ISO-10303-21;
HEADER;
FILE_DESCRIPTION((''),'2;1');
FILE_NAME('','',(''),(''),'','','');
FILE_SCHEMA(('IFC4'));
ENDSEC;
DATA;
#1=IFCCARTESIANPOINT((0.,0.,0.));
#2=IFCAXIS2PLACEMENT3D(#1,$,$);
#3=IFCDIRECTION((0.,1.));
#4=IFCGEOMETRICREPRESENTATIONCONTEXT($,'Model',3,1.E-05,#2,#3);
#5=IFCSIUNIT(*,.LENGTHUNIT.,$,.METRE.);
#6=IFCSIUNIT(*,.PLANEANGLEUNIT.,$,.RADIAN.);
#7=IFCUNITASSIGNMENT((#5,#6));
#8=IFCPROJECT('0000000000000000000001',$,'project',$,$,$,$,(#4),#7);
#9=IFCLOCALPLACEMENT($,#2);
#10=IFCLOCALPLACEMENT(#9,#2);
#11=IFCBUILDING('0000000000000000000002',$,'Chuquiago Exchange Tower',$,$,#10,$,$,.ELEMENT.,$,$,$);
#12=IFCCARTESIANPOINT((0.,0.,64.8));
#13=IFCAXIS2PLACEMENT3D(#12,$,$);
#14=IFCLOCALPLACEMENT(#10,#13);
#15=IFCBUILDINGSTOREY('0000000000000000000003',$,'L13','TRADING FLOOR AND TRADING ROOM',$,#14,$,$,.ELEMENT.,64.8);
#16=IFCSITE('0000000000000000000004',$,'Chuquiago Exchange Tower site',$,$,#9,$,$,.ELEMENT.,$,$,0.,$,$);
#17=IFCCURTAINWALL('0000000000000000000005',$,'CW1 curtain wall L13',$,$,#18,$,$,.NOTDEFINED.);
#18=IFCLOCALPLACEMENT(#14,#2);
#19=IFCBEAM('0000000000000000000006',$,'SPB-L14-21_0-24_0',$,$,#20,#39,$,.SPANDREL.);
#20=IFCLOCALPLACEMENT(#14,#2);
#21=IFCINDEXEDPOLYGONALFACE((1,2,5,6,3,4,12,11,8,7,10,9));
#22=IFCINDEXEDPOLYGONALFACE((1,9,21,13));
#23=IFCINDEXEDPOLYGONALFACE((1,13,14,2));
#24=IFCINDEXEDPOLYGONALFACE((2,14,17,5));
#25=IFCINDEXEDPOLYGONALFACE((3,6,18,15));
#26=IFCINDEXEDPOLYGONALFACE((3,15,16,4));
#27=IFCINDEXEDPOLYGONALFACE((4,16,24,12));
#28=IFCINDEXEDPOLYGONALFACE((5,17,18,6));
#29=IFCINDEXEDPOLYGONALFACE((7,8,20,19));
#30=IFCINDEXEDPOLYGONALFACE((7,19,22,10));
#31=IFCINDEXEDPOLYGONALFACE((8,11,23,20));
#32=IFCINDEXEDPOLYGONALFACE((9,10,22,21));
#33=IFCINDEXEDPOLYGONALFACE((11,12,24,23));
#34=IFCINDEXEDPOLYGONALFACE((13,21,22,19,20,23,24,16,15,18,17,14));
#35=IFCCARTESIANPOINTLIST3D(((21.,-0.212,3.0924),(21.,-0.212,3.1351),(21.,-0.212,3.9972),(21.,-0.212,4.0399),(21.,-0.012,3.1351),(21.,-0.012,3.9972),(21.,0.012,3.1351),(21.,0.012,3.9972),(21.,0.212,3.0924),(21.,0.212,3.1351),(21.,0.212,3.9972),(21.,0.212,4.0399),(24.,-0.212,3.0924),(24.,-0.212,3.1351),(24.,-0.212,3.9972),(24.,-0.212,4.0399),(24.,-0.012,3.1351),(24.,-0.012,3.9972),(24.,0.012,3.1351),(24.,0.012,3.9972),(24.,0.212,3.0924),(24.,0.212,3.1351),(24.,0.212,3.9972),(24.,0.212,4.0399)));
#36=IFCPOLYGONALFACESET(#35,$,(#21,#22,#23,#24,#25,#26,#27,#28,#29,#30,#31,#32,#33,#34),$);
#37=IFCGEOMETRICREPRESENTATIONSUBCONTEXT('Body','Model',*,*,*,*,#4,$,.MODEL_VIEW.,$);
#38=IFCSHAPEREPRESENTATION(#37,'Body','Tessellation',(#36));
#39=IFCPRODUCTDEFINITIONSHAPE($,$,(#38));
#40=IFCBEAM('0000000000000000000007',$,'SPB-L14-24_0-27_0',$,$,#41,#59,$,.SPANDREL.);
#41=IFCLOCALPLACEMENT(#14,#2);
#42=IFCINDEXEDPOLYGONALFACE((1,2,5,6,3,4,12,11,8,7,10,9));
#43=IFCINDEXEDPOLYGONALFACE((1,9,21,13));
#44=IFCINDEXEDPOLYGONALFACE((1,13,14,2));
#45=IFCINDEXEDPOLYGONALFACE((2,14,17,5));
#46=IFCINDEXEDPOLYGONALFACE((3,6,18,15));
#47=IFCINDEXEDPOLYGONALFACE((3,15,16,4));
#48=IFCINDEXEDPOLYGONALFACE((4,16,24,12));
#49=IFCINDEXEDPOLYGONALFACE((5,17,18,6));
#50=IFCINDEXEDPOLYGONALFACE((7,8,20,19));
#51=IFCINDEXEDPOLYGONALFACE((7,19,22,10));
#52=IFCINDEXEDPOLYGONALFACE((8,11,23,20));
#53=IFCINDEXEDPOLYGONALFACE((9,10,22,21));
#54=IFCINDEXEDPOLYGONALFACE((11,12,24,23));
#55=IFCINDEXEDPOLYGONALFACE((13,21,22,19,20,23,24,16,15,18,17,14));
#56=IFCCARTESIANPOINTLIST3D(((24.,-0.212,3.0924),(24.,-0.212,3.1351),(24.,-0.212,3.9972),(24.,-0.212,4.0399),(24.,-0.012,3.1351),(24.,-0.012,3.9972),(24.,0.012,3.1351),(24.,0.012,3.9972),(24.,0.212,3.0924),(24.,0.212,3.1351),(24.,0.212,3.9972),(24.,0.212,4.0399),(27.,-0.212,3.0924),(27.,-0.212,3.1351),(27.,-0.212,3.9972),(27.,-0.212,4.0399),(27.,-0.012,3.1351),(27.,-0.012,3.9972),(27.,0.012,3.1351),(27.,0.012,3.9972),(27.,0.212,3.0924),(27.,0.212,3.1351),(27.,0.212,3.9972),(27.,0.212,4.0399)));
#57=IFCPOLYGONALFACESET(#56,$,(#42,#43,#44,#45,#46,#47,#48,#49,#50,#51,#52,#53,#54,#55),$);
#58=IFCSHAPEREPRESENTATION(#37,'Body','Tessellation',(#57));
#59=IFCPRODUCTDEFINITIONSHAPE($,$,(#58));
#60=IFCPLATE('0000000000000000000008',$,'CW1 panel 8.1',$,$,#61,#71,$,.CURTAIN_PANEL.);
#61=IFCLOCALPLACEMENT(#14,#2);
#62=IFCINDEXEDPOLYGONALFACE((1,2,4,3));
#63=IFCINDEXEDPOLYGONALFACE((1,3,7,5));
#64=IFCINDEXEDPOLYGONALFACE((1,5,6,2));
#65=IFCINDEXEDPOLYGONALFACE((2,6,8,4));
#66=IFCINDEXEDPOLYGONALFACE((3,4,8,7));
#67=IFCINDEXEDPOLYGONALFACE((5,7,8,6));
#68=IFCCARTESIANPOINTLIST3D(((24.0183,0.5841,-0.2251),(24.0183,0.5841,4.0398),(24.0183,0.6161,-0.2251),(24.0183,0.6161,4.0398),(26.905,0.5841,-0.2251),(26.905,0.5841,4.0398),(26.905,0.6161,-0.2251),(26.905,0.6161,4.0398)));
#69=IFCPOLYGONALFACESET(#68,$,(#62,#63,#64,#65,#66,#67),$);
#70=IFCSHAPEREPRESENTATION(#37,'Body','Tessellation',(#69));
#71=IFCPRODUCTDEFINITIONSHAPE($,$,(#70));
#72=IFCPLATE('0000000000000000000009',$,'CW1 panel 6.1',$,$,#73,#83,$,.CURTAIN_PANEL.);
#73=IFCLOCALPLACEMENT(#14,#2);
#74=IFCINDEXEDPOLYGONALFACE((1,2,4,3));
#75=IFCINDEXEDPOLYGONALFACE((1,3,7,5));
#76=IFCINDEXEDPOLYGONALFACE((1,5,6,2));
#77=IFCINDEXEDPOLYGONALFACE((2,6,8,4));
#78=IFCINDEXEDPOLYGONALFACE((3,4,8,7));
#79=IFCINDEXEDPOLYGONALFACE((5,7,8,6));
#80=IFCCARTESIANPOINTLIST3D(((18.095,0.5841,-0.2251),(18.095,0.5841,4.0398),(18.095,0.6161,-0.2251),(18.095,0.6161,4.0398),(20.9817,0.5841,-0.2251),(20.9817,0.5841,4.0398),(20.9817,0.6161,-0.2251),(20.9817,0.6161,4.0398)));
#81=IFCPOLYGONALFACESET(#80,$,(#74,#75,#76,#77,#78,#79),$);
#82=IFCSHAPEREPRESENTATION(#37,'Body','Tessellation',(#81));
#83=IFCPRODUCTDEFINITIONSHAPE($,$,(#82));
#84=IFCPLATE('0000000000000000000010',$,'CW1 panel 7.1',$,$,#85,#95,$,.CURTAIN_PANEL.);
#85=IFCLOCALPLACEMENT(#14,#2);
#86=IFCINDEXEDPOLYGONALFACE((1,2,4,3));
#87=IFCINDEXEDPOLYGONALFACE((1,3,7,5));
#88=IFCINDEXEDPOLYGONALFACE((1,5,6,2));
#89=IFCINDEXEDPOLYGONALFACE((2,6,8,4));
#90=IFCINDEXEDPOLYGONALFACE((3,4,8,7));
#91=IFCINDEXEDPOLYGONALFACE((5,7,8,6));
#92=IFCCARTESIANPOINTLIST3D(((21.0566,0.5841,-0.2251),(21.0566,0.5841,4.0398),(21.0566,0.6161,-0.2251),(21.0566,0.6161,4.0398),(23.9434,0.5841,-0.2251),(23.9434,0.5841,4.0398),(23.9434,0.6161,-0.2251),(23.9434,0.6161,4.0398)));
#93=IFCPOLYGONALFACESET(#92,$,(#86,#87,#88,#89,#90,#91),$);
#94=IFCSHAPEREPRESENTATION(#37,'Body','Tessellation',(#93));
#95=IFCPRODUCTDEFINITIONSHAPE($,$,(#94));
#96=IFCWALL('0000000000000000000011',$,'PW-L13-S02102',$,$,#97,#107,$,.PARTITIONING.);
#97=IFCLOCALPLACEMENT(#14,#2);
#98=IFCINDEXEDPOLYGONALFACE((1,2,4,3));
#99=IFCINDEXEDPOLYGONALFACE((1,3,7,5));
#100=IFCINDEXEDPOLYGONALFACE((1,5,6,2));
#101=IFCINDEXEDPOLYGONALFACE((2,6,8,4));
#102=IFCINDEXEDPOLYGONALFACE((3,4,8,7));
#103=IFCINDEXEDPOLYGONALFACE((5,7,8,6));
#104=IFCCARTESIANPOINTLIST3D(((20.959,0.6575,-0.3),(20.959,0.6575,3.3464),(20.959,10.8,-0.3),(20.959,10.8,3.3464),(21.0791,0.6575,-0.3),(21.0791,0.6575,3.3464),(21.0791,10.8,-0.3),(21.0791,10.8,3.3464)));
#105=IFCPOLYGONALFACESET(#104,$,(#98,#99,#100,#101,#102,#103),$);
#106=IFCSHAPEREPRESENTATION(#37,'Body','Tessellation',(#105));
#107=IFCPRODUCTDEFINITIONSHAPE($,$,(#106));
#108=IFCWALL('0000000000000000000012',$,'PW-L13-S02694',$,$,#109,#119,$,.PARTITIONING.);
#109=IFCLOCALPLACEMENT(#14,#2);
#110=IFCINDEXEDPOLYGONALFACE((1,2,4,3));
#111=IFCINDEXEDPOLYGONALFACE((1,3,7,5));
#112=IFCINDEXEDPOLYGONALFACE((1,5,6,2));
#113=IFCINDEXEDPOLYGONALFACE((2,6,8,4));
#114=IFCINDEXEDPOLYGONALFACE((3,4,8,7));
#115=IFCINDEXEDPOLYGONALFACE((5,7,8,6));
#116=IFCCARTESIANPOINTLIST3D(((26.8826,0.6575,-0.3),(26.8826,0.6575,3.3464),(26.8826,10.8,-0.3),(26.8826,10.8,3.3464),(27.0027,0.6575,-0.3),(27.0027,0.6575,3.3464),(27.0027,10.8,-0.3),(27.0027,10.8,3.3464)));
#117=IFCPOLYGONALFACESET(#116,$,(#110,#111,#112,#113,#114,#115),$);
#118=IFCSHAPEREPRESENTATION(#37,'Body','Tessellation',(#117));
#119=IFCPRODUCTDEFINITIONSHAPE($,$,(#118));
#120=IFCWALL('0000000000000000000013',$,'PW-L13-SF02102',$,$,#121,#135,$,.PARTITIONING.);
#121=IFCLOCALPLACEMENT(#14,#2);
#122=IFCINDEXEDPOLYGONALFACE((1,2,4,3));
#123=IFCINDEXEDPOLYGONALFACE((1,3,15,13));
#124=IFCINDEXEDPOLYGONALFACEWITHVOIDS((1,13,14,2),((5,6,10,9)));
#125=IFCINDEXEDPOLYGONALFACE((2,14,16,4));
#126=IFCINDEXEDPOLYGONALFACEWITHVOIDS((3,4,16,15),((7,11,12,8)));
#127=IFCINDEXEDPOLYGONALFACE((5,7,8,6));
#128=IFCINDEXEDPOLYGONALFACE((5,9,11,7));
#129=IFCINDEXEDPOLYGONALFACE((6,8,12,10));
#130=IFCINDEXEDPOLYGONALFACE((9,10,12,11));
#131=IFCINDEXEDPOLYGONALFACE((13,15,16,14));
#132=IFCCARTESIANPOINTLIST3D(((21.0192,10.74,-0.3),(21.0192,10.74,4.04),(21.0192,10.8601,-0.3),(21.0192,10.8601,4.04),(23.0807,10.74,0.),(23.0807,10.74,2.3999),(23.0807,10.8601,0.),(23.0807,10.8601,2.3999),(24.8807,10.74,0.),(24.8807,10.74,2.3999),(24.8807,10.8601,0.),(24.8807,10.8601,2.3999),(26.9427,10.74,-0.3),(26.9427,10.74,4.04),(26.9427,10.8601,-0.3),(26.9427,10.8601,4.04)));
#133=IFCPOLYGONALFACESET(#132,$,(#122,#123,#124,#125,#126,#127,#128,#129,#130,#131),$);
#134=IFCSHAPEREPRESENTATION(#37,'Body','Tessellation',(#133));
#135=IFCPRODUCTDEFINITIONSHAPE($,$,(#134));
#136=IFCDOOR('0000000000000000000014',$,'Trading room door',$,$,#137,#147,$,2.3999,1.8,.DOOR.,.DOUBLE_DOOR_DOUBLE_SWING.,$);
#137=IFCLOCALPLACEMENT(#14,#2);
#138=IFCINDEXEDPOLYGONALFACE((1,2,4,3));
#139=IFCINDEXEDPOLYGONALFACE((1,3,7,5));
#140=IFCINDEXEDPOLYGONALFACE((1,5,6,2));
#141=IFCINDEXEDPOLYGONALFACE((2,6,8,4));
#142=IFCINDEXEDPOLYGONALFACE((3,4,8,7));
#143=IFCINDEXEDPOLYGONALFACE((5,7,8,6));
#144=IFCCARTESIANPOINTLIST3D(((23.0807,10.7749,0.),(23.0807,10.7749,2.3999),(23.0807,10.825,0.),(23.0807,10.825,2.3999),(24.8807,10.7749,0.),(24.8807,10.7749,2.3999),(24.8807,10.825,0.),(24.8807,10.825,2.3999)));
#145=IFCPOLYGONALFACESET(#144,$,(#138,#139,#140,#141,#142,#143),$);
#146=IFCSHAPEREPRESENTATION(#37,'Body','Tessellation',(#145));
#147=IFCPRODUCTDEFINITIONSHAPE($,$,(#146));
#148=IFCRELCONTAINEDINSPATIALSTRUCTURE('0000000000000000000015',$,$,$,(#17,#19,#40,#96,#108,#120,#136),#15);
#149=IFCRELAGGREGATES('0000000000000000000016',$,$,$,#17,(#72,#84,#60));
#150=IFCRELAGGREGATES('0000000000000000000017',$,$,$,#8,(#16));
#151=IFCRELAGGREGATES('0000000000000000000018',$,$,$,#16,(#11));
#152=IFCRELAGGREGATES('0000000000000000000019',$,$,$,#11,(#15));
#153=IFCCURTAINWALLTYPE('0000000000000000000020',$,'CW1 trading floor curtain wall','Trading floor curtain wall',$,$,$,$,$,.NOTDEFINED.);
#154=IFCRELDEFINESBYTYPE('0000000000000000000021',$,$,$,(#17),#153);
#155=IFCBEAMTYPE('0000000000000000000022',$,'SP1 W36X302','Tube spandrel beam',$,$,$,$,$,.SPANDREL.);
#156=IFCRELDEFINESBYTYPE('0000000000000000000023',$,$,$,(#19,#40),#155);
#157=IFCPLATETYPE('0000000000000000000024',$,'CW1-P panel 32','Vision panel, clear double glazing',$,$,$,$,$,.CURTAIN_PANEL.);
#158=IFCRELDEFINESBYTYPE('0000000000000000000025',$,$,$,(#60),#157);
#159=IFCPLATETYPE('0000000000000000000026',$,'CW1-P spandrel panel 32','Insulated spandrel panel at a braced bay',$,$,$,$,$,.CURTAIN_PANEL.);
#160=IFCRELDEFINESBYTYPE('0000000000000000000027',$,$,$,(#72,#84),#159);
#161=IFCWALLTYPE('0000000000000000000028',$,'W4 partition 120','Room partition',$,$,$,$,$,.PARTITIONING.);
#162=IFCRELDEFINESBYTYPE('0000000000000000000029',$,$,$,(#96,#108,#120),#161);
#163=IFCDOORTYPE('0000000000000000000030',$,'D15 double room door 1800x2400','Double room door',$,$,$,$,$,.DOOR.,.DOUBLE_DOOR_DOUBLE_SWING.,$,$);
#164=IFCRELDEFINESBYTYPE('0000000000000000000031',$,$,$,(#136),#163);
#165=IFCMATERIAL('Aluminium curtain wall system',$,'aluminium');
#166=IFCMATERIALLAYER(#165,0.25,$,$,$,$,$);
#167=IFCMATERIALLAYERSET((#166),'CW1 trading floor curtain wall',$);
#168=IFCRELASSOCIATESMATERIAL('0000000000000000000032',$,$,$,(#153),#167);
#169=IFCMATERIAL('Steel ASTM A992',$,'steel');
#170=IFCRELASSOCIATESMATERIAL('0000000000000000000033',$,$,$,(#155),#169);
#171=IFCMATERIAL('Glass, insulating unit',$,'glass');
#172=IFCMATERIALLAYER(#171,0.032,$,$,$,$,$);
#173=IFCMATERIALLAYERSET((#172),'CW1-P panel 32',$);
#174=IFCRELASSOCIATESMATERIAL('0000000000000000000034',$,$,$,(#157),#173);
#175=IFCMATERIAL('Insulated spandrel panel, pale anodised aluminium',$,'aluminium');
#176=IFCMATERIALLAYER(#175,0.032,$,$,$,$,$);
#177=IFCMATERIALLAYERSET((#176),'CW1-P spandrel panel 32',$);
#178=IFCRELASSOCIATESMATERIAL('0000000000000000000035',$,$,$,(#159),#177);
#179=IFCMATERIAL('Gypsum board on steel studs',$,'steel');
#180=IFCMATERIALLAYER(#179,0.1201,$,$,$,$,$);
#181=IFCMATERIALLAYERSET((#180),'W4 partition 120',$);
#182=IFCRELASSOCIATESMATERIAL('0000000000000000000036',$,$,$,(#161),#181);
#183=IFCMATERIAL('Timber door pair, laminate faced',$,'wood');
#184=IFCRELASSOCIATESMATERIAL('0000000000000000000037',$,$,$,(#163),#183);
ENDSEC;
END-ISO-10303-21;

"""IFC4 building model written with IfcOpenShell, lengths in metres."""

from ifc_helpers import new_model, si_unit, direction, frame, frame_2d, origin, origin_2d, place, context, subcontext, project, spatial, rectangle, i_section, extrude, material, layer, layer_set, material_profile, profile_set, type_object, element, fill, aggregate, save


model = new_model("IFC4")

# Units and contexts
model_context = context("Model", 3, precision=1e-05, world=origin(), true_north=direction((0.0, 1.0)))
body_context = subcontext(model_context, "Body", "Model", "MODEL_VIEW")
ifc_project = project(units=[si_unit("LENGTHUNIT", "METRE"), si_unit("PLANEANGLEUNIT", "RADIAN")], contexts=[model_context])

# Site, building, storey
site_placement = place(None, origin())
site = spatial("IfcSite", under=ifc_project, at=site_placement, Name="Chuquiago Exchange Tower site", CompositionType="ELEMENT", RefElevation=0.0)
building_placement = place(site_placement, origin())
building = spatial("IfcBuilding", under=site, at=building_placement, Name="Chuquiago Exchange Tower", CompositionType="ELEMENT")
storey_placement = place(building_placement, frame((0.0, 0.0, 64.8)))
storey = spatial("IfcBuildingStorey", under=building, at=storey_placement, Name="L13", Description="TRADING FLOOR AND TRADING ROOM", CompositionType="ELEMENT", Elevation=64.8)

# Curtain wall
ifc_material_1 = material(Name="Aluminium curtain wall system", Category="aluminium")
ifc_layer_1 = layer(ifc_material_1, 0.25)
ifc_layer_set_1 = layer_set([ifc_layer_1], Name="CW1 trading floor curtain wall")
curtain_wall_type = type_object("IfcCurtainWallType", Name="CW1 trading floor curtain wall", Description="Trading floor curtain wall", PredefinedType="NOTDEFINED", material=ifc_layer_set_1)
curtain_wall_placement = place(storey_placement, origin())
curtain_wall = element("IfcCurtainWall", 1, at=curtain_wall_placement, inside=storey, type_object=curtain_wall_type, Name="CW1 curtain wall L13", PredefinedType="NOTDEFINED")

# Beams
ifc_material_2 = material(Name="Steel ASTM A992", Category="steel")
ifc_material_profile_1 = material_profile(ifc_material_2, i_section(OverallWidth=0.4241, OverallDepth=0.9475, WebThickness=0.0239, FlangeThickness=0.0427, at=origin_2d()), Name="W36X302")
ifc_profile_set_1 = profile_set([ifc_material_profile_1], Name="Steel ASTM A992")
beam_type_1 = type_object("IfcBeamType", Name="SP1 W36X302", Description="Tube spandrel beam", PredefinedType="SPANDREL", material=ifc_profile_set_1)
for number, where, z_axis, x_axis, name in (
    (2, (21.0, 0.0, 3.5662), (1.0, 0.0, 0.0), (0.0, 1.0, 0.0), "SPB-L14-21_0-24_0"),
    (3, (24.0, 0.0, 3.5662), (1.0, 0.0, 0.0), (0.0, 1.0, 0.0), "SPB-L14-24_0-27_0"),
):
    element("IfcBeam", number, at=place(storey_placement, frame(where, z_axis=z_axis, x_axis=x_axis)), inside=storey, type_object=beam_type_1, Name=name, PredefinedType="SPANDREL", context=body_context, shape_type="SweptSolid", body=[
        extrude(i_section(OverallWidth=0.4241, OverallDepth=0.9475, WebThickness=0.0239, FlangeThickness=0.0427, at=origin_2d()), origin(), (0.0, 0.0, 1.0), 3.0),
    ])

# Plates
ifc_material_3 = material(Name="Glass, insulating unit", Category="glass")
ifc_layer_2 = layer(ifc_material_3, 0.032)
ifc_layer_set_2 = layer_set([ifc_layer_2], Name="CW1-P panel 32")
plate_type_1 = type_object("IfcPlateType", Name="CW1-P panel 32", Description="Vision panel, clear double glazing", PredefinedType="CURTAIN_PANEL", material=ifc_layer_set_2)
plate_1_placement = place(storey_placement, frame((25.4617, 0.6001, -0.2251), z_axis=(0.0, 0.0, 1.0), x_axis=(1.0, 0.0, 0.0)))
plate_1 = element("IfcPlate", 4, at=plate_1_placement, type_object=plate_type_1, Name="CW1 panel 8.1", PredefinedType="CURTAIN_PANEL", context=body_context, shape_type="SweptSolid", body=[
    extrude(rectangle(XDim=2.8867, YDim=0.032, at=origin_2d()), origin(), (0.0, 0.0, 1.0), 4.2649),
])
ifc_material_4 = material(Name="Insulated spandrel panel, pale anodised aluminium", Category="aluminium")
ifc_layer_3 = layer(ifc_material_4, 0.032)
ifc_layer_set_3 = layer_set([ifc_layer_3], Name="CW1-P spandrel panel 32")
plate_type_2 = type_object("IfcPlateType", Name="CW1-P spandrel panel 32", Description="Insulated spandrel panel at a braced bay", PredefinedType="CURTAIN_PANEL", material=ifc_layer_set_3)
plate_2_placement = place(storey_placement, frame((19.5383, 0.6001, -0.2251), z_axis=(0.0, 0.0, 1.0), x_axis=(1.0, 0.0, 0.0)))
plate_2 = element("IfcPlate", 5, at=plate_2_placement, type_object=plate_type_2, Name="CW1 panel 6.1", PredefinedType="CURTAIN_PANEL", context=body_context, shape_type="SweptSolid", body=[
    extrude(rectangle(XDim=2.8867, YDim=0.032, at=origin_2d()), origin(), (0.0, 0.0, 1.0), 4.2649),
])
plate_3_placement = place(storey_placement, frame((22.5, 0.6001, -0.2251), z_axis=(0.0, 0.0, 1.0), x_axis=(1.0, 0.0, 0.0)))
plate_3 = element("IfcPlate", 6, at=plate_3_placement, type_object=plate_type_2, Name="CW1 panel 7.1", PredefinedType="CURTAIN_PANEL", context=body_context, shape_type="SweptSolid", body=[
    extrude(rectangle(XDim=2.8867, YDim=0.032, at=origin_2d()), origin(), (0.0, 0.0, 1.0), 4.2649),
])
aggregate(curtain_wall, [plate_2, plate_3, plate_1])

# Walls
ifc_material_5 = material(Name="Gypsum board on steel studs", Category="steel")
ifc_layer_4 = layer(ifc_material_5, 0.1201)
ifc_layer_set_4 = layer_set([ifc_layer_4], Name="W4 partition 120")
wall_type = type_object("IfcWallType", Name="W4 partition 120", Description="Room partition", PredefinedType="PARTITIONING", material=ifc_layer_set_4)
for number, where, z_axis, x_axis, name in (
    (7, (21.019, 0.6575, -0.3), (0.0, 0.0, 1.0), (0.0, 1.0, 0.0), "PW-L13-S02102"),
    (8, (26.9426, 0.6575, -0.3), (0.0, 0.0, 1.0), (0.0, 1.0, 0.0), "PW-L13-S02694"),
):
    element("IfcWall", number, at=place(storey_placement, frame(where, z_axis=z_axis, x_axis=x_axis)), inside=storey, type_object=wall_type, Name=name, PredefinedType="PARTITIONING", context=body_context, shape_type="SweptSolid", body=[
        extrude(rectangle(XDim=10.1426, YDim=0.1201, at=frame_2d((5.0713, 0.0))), origin(), (0.0, 0.0, 1.0), 3.6465),
    ])

# Wall, opening, door
wall_placement = place(storey_placement, frame((21.019, 10.8, -0.3), z_axis=(0.0, 0.0, 1.0), x_axis=(1.0, 0.0, 0.0)))
wall = element("IfcWall", 9, at=wall_placement, inside=storey, type_object=wall_type, Name="PW-L13-SF02102", PredefinedType="PARTITIONING", context=body_context, shape_type="SweptSolid", body=[
    extrude(rectangle(XDim=5.9236, YDim=0.1201, at=frame_2d((2.9619, 0.0))), origin(), (0.0, 0.0, 1.0), 4.3401),
])
opening_placement = place(wall_placement, frame((2.0618, 0.0, 0.3)))
opening = element("IfcOpeningElement", 10, at=opening_placement, cuts=wall, PredefinedType="OPENING", context=body_context, shape_type="SweptSolid", body=[
    extrude(rectangle(XDim=1.8, YDim=2.3999, at=frame_2d((0.8999, 1.2))), frame((0.0, 0.0701, 0.0), z_axis=(0.0, -1.0, 0.0), x_axis=(1.0, 0.0, 0.0)), (0.0, 0.0, 1.0), 0.1401),
])
ifc_material_6 = material(Name="Timber door pair, laminate faced", Category="wood")
door_type = type_object("IfcDoorType", Name="D15 double room door 1800x2400", Description="Double room door", OperationType="DOUBLE_DOOR_DOUBLE_SWING", PredefinedType="DOOR", material=ifc_material_6)
door_placement = place(opening_placement, origin())
door = element("IfcDoor", 11, at=door_placement, inside=storey, type_object=door_type, Name="Trading room door", OperationType="DOUBLE_DOOR_DOUBLE_SWING", OverallHeight=2.3999, OverallWidth=1.8, PredefinedType="DOOR", context=body_context, shape_type="SweptSolid", body=[
    extrude(rectangle(XDim=1.8, YDim=2.3999, at=frame_2d((0.8999, 1.2))), frame((0.0, 0.0249, 0.0), z_axis=(0.0, -1.0, 0.0), x_axis=(1.0, 0.0, 0.0)), (0.0, 0.0, 1.0), 0.05),
])
fill(opening, door)

save(model, "model.ifc")
